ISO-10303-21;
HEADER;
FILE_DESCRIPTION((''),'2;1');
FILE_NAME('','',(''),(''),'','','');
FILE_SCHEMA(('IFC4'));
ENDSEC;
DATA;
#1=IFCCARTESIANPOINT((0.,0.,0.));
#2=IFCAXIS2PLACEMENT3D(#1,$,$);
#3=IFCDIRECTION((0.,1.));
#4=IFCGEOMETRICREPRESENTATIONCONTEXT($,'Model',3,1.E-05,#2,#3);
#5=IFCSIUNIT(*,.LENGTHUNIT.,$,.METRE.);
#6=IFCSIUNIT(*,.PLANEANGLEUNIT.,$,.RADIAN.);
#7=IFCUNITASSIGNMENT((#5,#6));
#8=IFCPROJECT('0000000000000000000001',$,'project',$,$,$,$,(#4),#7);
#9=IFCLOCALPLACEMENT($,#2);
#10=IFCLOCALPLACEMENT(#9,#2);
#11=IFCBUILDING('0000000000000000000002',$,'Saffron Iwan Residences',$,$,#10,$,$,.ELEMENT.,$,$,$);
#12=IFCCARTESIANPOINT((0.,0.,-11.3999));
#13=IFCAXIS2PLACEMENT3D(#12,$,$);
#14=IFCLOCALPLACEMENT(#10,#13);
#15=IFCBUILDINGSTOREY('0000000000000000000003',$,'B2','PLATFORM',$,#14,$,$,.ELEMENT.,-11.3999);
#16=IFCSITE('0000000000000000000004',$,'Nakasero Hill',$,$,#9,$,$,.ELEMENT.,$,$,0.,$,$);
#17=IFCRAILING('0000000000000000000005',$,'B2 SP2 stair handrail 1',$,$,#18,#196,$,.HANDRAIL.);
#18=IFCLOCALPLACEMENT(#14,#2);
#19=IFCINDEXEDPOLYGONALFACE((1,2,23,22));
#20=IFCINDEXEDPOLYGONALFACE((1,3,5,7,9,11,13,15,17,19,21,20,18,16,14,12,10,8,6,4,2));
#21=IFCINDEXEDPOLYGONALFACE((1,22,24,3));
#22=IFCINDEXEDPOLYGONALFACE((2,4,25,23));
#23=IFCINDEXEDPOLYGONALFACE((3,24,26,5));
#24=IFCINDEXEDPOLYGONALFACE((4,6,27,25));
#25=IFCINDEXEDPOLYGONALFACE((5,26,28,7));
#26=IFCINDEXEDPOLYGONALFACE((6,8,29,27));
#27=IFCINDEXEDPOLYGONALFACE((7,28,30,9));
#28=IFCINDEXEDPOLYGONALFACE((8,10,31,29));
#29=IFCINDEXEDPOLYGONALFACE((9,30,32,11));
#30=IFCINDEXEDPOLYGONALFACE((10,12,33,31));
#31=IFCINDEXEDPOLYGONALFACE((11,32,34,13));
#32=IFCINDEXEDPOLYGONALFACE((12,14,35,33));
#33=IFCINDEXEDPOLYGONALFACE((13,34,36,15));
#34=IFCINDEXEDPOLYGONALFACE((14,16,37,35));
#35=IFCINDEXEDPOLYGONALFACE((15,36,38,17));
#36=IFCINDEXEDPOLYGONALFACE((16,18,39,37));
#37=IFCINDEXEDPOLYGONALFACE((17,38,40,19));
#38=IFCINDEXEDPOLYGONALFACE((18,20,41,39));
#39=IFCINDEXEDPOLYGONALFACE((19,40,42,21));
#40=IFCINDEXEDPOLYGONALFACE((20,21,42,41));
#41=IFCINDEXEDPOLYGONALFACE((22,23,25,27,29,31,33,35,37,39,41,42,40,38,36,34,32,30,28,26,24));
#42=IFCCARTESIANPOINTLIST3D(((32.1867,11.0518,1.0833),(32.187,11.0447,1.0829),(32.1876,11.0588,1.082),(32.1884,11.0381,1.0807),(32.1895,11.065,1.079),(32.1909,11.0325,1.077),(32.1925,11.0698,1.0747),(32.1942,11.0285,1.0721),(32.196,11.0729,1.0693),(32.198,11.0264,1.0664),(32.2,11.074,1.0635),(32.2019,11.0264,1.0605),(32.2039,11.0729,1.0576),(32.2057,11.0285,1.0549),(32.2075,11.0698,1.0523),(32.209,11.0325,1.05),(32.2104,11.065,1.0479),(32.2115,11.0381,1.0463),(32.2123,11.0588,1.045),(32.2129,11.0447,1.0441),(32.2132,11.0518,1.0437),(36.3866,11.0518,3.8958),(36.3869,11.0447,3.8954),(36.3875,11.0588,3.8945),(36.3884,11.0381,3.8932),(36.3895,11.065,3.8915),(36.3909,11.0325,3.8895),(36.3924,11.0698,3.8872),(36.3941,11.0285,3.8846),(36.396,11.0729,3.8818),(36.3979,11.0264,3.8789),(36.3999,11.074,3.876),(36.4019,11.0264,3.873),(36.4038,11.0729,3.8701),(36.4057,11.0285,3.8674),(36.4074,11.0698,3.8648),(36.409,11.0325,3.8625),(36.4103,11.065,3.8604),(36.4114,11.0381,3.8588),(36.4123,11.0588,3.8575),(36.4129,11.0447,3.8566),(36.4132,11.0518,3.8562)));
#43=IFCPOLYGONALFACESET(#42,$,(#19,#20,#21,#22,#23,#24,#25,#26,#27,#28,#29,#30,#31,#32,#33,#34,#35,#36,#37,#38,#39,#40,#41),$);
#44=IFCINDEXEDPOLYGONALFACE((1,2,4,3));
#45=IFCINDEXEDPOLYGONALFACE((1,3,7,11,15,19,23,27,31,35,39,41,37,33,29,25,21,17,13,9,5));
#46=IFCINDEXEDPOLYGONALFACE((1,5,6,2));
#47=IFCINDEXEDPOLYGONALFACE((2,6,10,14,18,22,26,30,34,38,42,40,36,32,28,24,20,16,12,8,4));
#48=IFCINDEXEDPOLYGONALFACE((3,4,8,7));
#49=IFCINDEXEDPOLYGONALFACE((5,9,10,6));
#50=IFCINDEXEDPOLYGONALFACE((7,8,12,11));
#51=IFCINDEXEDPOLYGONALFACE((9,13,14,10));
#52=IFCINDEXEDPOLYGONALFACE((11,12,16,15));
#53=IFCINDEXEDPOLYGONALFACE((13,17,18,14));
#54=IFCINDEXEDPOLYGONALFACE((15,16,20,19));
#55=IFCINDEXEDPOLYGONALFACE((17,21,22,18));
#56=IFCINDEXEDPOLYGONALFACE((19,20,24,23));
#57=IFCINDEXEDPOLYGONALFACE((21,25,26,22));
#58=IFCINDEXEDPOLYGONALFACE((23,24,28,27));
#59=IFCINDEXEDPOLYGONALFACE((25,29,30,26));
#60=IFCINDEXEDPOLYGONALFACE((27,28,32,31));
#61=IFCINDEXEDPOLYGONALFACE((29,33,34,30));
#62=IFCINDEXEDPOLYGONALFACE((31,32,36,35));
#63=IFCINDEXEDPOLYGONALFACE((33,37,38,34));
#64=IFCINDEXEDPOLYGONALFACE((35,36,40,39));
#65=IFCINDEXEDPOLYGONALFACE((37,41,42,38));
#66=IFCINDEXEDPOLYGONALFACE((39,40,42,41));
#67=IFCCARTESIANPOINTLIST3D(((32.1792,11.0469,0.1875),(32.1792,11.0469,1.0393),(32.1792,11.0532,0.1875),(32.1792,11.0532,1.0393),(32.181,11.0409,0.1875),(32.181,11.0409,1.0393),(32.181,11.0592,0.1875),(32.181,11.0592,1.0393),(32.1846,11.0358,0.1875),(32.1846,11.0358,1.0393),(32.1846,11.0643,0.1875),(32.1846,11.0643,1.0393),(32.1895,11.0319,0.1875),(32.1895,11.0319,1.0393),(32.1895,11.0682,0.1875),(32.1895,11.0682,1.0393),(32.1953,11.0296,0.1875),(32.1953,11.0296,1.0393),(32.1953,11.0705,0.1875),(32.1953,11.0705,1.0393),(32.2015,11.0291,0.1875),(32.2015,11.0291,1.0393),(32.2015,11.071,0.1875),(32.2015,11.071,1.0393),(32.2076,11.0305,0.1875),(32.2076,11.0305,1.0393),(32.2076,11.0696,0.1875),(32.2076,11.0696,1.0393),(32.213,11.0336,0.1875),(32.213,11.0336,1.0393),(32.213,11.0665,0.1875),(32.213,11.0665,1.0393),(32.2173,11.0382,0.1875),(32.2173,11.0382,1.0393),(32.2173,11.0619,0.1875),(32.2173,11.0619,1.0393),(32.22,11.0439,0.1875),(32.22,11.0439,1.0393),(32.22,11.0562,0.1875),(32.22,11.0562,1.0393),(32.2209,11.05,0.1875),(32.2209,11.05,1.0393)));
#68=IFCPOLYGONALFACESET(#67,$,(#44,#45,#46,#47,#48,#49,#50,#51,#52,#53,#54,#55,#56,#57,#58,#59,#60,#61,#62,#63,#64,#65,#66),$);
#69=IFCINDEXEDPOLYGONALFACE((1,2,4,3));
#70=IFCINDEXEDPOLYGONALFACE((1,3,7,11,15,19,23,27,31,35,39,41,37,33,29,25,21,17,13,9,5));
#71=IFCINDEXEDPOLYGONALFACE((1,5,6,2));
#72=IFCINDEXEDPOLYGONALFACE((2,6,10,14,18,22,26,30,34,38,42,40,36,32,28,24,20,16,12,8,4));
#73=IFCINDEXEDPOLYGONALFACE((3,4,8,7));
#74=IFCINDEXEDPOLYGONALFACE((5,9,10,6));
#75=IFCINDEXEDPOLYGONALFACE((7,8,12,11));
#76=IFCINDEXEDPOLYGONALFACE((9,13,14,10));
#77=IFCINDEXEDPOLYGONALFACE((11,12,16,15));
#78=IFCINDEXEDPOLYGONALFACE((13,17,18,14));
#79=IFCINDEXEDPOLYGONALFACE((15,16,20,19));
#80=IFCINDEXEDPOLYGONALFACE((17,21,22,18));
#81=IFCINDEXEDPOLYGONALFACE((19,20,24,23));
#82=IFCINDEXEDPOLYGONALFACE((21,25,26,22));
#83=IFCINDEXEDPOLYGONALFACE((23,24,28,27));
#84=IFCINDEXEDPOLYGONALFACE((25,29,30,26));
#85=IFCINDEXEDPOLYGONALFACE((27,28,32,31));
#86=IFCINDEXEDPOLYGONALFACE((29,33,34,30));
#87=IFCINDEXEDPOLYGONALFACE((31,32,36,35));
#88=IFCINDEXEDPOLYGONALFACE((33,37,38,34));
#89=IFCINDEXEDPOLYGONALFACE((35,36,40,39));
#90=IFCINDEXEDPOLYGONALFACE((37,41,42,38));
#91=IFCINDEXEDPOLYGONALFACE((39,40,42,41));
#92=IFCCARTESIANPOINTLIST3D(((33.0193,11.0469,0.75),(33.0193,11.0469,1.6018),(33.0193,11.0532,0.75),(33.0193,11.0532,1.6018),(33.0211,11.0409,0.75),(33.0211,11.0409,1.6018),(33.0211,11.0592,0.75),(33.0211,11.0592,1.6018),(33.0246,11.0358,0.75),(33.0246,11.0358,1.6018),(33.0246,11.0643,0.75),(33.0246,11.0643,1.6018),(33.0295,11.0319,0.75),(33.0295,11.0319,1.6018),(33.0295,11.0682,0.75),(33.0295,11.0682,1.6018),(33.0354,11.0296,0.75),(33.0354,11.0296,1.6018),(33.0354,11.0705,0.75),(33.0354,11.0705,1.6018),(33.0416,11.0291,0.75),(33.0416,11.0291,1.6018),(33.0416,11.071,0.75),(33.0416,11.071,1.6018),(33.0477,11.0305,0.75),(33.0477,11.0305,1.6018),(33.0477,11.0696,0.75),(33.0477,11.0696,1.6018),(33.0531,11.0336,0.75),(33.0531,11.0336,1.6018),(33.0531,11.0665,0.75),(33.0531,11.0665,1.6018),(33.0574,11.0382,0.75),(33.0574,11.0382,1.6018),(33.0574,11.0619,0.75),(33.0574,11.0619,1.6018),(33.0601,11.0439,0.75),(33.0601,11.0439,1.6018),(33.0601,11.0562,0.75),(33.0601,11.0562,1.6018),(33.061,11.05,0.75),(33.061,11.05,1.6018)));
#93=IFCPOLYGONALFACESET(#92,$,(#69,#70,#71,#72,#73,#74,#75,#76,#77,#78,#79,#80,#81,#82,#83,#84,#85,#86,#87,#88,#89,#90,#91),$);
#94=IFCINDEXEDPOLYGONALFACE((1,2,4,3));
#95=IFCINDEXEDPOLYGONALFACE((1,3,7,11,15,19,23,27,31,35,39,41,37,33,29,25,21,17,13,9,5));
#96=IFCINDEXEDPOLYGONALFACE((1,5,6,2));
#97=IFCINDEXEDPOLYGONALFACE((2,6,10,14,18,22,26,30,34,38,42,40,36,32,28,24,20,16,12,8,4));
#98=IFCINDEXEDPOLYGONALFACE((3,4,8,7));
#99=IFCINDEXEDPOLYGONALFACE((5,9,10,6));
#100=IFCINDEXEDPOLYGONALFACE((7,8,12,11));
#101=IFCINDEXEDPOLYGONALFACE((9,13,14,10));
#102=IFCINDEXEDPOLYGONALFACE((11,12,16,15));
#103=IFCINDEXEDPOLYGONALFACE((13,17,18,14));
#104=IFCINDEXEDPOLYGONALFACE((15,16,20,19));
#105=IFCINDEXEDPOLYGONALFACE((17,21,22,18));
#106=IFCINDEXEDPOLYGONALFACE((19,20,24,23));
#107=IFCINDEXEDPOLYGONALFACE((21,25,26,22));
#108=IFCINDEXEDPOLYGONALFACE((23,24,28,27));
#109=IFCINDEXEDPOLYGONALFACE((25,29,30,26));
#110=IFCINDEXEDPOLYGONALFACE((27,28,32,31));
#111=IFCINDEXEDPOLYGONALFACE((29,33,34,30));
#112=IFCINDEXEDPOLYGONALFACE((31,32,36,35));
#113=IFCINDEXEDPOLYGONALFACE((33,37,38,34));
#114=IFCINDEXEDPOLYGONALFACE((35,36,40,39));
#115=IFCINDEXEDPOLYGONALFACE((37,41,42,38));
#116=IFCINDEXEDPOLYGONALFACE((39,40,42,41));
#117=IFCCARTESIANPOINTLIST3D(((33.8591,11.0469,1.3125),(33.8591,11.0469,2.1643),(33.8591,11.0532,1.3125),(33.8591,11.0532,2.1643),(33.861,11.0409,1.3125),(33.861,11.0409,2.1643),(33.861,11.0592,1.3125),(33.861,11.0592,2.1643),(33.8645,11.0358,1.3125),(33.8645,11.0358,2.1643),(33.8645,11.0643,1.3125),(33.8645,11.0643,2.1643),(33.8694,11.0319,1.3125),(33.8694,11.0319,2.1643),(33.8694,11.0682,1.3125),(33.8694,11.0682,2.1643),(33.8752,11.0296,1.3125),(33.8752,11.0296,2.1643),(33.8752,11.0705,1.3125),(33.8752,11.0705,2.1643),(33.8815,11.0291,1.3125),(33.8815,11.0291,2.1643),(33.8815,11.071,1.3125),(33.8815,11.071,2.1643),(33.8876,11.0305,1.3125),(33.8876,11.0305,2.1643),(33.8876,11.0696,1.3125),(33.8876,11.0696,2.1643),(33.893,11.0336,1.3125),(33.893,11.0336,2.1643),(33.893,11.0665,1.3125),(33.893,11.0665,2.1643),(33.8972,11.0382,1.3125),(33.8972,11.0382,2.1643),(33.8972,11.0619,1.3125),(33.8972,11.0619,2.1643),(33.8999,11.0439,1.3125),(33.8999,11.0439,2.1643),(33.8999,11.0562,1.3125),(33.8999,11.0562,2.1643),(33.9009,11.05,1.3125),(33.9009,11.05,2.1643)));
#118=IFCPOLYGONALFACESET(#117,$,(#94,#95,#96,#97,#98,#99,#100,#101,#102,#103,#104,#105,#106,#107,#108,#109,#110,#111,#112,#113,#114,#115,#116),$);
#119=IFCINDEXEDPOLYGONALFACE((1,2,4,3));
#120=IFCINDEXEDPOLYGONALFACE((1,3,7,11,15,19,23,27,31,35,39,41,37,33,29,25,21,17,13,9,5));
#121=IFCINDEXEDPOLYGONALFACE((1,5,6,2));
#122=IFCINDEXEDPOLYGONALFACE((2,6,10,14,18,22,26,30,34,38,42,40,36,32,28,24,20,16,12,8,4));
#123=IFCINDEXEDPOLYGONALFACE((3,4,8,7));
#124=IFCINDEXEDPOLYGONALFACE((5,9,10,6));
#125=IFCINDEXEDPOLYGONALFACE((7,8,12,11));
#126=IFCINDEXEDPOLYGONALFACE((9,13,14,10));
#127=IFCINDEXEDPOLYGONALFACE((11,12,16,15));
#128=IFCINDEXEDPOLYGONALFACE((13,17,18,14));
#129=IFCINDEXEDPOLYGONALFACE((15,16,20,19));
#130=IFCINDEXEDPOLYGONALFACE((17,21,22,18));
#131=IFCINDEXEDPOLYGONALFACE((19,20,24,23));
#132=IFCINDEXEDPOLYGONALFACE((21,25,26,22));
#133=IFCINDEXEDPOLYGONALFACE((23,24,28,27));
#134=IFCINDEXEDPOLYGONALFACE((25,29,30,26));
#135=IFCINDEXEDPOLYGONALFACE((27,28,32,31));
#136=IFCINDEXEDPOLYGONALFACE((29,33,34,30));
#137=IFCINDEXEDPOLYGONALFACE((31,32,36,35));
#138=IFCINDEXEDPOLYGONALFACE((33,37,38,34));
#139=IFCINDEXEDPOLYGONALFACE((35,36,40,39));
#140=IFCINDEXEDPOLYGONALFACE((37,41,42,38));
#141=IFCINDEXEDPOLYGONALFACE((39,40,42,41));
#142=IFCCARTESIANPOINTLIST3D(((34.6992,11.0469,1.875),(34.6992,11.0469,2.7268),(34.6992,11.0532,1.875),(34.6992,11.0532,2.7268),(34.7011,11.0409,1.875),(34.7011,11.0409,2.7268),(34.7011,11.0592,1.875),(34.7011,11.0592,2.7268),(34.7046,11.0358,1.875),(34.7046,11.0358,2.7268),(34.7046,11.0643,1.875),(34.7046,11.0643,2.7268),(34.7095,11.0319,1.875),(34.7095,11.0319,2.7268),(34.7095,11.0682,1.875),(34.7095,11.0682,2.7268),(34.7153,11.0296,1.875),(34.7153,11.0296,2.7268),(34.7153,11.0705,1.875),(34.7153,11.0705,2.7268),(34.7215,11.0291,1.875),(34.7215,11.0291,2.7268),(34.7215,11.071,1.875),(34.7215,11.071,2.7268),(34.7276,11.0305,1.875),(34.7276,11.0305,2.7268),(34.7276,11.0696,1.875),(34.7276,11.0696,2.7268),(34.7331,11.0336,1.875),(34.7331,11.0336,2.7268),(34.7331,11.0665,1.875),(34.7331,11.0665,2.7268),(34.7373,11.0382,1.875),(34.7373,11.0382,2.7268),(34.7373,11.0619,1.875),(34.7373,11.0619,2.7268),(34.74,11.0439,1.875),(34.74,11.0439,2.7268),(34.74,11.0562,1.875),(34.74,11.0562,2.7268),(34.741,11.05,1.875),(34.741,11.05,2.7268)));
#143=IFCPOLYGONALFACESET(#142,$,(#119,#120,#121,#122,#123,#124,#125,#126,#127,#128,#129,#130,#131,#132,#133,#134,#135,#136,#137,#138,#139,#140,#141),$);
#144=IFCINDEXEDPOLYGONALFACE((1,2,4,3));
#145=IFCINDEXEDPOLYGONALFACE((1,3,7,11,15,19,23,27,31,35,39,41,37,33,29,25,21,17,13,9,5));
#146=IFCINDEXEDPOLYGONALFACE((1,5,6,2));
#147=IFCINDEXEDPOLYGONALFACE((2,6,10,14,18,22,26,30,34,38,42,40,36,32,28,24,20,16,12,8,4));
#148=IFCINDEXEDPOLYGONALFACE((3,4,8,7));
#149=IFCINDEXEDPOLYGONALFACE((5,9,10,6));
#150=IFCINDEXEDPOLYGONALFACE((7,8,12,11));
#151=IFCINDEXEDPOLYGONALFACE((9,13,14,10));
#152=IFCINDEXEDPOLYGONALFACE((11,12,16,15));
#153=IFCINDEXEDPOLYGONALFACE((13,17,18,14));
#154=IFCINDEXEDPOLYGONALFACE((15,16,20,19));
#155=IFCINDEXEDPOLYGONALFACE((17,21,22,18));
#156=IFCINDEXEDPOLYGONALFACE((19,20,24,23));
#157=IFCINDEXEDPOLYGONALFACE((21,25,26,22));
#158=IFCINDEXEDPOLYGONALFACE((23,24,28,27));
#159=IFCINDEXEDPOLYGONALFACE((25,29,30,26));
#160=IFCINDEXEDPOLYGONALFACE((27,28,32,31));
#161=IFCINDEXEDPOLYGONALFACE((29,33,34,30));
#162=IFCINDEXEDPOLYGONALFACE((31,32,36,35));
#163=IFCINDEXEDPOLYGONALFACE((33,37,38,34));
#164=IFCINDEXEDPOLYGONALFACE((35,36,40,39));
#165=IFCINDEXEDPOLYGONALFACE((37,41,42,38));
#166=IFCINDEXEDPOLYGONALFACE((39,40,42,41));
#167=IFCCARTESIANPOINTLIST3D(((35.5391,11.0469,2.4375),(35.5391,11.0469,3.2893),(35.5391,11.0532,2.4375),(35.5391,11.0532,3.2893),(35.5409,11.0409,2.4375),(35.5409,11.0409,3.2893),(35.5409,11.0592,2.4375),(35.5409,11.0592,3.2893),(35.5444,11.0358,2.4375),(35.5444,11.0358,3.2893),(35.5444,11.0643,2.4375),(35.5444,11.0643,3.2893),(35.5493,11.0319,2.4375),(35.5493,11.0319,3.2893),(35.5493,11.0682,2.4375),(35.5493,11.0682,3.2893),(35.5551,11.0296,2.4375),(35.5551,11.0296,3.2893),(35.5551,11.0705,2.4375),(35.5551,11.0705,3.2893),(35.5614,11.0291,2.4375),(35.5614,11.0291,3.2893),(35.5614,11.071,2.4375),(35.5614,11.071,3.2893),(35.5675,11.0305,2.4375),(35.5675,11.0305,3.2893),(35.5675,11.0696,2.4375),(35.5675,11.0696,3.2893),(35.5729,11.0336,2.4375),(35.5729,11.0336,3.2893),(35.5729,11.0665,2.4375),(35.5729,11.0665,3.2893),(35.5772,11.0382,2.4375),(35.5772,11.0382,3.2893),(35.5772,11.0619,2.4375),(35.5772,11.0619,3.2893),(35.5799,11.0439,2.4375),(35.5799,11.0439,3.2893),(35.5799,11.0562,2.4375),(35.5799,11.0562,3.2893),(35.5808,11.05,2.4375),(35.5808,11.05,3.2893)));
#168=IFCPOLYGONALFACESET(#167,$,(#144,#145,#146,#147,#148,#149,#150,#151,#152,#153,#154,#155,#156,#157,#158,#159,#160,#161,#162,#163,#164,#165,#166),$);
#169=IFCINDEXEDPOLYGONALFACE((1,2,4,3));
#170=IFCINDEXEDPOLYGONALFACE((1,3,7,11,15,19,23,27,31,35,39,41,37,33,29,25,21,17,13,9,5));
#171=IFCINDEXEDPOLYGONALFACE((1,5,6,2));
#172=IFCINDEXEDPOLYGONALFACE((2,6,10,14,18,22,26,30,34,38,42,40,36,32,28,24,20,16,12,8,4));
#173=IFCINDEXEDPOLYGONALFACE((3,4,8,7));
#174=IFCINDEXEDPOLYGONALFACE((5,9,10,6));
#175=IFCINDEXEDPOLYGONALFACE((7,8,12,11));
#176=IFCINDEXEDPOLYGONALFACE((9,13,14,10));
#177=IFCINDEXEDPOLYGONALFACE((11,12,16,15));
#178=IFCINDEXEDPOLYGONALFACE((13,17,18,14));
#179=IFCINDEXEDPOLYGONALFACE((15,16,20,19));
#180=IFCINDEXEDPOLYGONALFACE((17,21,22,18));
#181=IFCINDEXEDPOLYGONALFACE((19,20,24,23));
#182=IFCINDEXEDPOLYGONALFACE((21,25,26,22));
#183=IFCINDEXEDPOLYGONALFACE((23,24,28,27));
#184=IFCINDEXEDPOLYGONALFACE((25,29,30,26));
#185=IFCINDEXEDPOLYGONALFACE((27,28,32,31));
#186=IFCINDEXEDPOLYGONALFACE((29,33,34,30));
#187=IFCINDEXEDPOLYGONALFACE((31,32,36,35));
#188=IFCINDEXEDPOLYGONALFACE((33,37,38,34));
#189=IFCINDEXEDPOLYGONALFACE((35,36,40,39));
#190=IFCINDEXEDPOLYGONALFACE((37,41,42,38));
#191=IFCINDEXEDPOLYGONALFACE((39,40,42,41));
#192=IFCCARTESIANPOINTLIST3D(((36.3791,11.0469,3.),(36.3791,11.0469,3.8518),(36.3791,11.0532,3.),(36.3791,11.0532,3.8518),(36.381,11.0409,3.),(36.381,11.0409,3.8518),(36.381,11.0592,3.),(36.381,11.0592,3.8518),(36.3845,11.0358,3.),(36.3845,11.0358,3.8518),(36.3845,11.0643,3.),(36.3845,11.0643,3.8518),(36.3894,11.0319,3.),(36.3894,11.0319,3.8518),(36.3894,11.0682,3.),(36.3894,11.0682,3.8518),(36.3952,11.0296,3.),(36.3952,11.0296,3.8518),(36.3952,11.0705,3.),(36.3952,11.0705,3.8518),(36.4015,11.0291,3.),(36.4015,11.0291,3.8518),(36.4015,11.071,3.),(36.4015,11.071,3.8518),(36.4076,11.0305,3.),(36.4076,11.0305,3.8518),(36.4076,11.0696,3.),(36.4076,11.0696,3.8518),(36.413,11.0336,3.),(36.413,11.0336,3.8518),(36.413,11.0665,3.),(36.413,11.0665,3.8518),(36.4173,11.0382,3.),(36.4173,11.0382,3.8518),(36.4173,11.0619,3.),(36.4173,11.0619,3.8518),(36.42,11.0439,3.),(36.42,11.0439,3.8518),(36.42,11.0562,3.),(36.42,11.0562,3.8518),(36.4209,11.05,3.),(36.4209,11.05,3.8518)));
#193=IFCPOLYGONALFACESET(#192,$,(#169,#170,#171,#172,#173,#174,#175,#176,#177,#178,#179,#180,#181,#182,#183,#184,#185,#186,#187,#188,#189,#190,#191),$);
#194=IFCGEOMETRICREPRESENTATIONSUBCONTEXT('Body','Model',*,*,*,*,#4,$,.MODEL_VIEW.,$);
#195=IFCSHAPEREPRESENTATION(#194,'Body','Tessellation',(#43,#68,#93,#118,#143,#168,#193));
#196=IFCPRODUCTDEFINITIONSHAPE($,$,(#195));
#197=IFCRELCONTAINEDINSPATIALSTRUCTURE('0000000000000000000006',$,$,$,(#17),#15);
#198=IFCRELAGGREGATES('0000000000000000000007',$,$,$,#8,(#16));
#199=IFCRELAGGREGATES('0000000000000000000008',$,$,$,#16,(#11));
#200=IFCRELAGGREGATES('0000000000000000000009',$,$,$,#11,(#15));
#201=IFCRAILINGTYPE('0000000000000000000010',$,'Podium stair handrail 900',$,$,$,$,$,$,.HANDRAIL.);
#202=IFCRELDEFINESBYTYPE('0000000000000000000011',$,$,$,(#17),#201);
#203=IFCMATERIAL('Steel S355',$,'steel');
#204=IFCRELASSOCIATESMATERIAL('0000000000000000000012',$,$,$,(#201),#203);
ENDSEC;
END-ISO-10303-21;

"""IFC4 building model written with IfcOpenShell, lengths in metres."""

from ifc_helpers import new_model, si_unit, direction, frame, origin, origin_2d, place, context, subcontext, project, spatial, circle, extrude, material, type_object, element, save


model = new_model("IFC4")

# Units and contexts
model_context = context("Model", 3, precision=1e-05, world=origin(), true_north=direction((0.0, 1.0)))
body_context = subcontext(model_context, "Body", "Model", "MODEL_VIEW")
ifc_project = project(units=[si_unit("LENGTHUNIT", "METRE"), si_unit("PLANEANGLEUNIT", "RADIAN")], contexts=[model_context])

# Site, building, storey
site_placement = place(None, origin())
site = spatial("IfcSite", under=ifc_project, at=site_placement, Name="Nakasero Hill", CompositionType="ELEMENT", RefElevation=0.0)
building_placement = place(site_placement, origin())
building = spatial("IfcBuilding", under=site, at=building_placement, Name="Saffron Iwan Residences", CompositionType="ELEMENT")
storey_placement = place(building_placement, frame((0.0, 0.0, -11.3999)))
storey = spatial("IfcBuildingStorey", under=building, at=storey_placement, Name="B2", Description="PLATFORM", CompositionType="ELEMENT", Elevation=-11.3999)

# Railing
ifc_material_1 = material(Name="Steel S355", Category="steel")
railing_type_1 = type_object("IfcRailingType", Name="Podium stair handrail 900", PredefinedType="HANDRAIL", material=ifc_material_1)
railing_1_placement = place(storey_placement, frame((32.2, 11.05, 0.1875)))
element("IfcRailing", 1, at=railing_1_placement, inside=storey, type_object=railing_type_1, Name="B2 SP2 stair handrail 1", PredefinedType="HANDRAIL", context=body_context, shape_type="SweptSolid", body=[
    extrude(circle(Radius=0.0239, at=origin_2d()), frame((0.0, 0.0, 0.876), z_axis=(0.830904, 0.0, 0.556416), x_axis=(0.0, 1.0, 0.0)), (0.0, 0.0, 1.0), 5.0547),
    extrude(circle(Radius=0.021, at=origin_2d()), origin(), (0.0, 0.0, 1.0), 0.8518),
    extrude(circle(Radius=0.021, at=origin_2d()), frame((0.8401, 0.0, 0.5625)), (0.0, 0.0, 1.0), 0.8518),
    extrude(circle(Radius=0.021, at=origin_2d()), frame((1.6799, 0.0, 1.125)), (0.0, 0.0, 1.0), 0.8518),
    extrude(circle(Radius=0.021, at=origin_2d()), frame((2.52, 0.0, 1.6875)), (0.0, 0.0, 1.0), 0.8518),
    extrude(circle(Radius=0.021, at=origin_2d()), frame((3.3599, 0.0, 2.25)), (0.0, 0.0, 1.0), 0.8518),
    extrude(circle(Radius=0.021, at=origin_2d()), frame((4.2, 0.0, 2.8125)), (0.0, 0.0, 1.0), 0.8518),
])

save(model, "model.ifc")
